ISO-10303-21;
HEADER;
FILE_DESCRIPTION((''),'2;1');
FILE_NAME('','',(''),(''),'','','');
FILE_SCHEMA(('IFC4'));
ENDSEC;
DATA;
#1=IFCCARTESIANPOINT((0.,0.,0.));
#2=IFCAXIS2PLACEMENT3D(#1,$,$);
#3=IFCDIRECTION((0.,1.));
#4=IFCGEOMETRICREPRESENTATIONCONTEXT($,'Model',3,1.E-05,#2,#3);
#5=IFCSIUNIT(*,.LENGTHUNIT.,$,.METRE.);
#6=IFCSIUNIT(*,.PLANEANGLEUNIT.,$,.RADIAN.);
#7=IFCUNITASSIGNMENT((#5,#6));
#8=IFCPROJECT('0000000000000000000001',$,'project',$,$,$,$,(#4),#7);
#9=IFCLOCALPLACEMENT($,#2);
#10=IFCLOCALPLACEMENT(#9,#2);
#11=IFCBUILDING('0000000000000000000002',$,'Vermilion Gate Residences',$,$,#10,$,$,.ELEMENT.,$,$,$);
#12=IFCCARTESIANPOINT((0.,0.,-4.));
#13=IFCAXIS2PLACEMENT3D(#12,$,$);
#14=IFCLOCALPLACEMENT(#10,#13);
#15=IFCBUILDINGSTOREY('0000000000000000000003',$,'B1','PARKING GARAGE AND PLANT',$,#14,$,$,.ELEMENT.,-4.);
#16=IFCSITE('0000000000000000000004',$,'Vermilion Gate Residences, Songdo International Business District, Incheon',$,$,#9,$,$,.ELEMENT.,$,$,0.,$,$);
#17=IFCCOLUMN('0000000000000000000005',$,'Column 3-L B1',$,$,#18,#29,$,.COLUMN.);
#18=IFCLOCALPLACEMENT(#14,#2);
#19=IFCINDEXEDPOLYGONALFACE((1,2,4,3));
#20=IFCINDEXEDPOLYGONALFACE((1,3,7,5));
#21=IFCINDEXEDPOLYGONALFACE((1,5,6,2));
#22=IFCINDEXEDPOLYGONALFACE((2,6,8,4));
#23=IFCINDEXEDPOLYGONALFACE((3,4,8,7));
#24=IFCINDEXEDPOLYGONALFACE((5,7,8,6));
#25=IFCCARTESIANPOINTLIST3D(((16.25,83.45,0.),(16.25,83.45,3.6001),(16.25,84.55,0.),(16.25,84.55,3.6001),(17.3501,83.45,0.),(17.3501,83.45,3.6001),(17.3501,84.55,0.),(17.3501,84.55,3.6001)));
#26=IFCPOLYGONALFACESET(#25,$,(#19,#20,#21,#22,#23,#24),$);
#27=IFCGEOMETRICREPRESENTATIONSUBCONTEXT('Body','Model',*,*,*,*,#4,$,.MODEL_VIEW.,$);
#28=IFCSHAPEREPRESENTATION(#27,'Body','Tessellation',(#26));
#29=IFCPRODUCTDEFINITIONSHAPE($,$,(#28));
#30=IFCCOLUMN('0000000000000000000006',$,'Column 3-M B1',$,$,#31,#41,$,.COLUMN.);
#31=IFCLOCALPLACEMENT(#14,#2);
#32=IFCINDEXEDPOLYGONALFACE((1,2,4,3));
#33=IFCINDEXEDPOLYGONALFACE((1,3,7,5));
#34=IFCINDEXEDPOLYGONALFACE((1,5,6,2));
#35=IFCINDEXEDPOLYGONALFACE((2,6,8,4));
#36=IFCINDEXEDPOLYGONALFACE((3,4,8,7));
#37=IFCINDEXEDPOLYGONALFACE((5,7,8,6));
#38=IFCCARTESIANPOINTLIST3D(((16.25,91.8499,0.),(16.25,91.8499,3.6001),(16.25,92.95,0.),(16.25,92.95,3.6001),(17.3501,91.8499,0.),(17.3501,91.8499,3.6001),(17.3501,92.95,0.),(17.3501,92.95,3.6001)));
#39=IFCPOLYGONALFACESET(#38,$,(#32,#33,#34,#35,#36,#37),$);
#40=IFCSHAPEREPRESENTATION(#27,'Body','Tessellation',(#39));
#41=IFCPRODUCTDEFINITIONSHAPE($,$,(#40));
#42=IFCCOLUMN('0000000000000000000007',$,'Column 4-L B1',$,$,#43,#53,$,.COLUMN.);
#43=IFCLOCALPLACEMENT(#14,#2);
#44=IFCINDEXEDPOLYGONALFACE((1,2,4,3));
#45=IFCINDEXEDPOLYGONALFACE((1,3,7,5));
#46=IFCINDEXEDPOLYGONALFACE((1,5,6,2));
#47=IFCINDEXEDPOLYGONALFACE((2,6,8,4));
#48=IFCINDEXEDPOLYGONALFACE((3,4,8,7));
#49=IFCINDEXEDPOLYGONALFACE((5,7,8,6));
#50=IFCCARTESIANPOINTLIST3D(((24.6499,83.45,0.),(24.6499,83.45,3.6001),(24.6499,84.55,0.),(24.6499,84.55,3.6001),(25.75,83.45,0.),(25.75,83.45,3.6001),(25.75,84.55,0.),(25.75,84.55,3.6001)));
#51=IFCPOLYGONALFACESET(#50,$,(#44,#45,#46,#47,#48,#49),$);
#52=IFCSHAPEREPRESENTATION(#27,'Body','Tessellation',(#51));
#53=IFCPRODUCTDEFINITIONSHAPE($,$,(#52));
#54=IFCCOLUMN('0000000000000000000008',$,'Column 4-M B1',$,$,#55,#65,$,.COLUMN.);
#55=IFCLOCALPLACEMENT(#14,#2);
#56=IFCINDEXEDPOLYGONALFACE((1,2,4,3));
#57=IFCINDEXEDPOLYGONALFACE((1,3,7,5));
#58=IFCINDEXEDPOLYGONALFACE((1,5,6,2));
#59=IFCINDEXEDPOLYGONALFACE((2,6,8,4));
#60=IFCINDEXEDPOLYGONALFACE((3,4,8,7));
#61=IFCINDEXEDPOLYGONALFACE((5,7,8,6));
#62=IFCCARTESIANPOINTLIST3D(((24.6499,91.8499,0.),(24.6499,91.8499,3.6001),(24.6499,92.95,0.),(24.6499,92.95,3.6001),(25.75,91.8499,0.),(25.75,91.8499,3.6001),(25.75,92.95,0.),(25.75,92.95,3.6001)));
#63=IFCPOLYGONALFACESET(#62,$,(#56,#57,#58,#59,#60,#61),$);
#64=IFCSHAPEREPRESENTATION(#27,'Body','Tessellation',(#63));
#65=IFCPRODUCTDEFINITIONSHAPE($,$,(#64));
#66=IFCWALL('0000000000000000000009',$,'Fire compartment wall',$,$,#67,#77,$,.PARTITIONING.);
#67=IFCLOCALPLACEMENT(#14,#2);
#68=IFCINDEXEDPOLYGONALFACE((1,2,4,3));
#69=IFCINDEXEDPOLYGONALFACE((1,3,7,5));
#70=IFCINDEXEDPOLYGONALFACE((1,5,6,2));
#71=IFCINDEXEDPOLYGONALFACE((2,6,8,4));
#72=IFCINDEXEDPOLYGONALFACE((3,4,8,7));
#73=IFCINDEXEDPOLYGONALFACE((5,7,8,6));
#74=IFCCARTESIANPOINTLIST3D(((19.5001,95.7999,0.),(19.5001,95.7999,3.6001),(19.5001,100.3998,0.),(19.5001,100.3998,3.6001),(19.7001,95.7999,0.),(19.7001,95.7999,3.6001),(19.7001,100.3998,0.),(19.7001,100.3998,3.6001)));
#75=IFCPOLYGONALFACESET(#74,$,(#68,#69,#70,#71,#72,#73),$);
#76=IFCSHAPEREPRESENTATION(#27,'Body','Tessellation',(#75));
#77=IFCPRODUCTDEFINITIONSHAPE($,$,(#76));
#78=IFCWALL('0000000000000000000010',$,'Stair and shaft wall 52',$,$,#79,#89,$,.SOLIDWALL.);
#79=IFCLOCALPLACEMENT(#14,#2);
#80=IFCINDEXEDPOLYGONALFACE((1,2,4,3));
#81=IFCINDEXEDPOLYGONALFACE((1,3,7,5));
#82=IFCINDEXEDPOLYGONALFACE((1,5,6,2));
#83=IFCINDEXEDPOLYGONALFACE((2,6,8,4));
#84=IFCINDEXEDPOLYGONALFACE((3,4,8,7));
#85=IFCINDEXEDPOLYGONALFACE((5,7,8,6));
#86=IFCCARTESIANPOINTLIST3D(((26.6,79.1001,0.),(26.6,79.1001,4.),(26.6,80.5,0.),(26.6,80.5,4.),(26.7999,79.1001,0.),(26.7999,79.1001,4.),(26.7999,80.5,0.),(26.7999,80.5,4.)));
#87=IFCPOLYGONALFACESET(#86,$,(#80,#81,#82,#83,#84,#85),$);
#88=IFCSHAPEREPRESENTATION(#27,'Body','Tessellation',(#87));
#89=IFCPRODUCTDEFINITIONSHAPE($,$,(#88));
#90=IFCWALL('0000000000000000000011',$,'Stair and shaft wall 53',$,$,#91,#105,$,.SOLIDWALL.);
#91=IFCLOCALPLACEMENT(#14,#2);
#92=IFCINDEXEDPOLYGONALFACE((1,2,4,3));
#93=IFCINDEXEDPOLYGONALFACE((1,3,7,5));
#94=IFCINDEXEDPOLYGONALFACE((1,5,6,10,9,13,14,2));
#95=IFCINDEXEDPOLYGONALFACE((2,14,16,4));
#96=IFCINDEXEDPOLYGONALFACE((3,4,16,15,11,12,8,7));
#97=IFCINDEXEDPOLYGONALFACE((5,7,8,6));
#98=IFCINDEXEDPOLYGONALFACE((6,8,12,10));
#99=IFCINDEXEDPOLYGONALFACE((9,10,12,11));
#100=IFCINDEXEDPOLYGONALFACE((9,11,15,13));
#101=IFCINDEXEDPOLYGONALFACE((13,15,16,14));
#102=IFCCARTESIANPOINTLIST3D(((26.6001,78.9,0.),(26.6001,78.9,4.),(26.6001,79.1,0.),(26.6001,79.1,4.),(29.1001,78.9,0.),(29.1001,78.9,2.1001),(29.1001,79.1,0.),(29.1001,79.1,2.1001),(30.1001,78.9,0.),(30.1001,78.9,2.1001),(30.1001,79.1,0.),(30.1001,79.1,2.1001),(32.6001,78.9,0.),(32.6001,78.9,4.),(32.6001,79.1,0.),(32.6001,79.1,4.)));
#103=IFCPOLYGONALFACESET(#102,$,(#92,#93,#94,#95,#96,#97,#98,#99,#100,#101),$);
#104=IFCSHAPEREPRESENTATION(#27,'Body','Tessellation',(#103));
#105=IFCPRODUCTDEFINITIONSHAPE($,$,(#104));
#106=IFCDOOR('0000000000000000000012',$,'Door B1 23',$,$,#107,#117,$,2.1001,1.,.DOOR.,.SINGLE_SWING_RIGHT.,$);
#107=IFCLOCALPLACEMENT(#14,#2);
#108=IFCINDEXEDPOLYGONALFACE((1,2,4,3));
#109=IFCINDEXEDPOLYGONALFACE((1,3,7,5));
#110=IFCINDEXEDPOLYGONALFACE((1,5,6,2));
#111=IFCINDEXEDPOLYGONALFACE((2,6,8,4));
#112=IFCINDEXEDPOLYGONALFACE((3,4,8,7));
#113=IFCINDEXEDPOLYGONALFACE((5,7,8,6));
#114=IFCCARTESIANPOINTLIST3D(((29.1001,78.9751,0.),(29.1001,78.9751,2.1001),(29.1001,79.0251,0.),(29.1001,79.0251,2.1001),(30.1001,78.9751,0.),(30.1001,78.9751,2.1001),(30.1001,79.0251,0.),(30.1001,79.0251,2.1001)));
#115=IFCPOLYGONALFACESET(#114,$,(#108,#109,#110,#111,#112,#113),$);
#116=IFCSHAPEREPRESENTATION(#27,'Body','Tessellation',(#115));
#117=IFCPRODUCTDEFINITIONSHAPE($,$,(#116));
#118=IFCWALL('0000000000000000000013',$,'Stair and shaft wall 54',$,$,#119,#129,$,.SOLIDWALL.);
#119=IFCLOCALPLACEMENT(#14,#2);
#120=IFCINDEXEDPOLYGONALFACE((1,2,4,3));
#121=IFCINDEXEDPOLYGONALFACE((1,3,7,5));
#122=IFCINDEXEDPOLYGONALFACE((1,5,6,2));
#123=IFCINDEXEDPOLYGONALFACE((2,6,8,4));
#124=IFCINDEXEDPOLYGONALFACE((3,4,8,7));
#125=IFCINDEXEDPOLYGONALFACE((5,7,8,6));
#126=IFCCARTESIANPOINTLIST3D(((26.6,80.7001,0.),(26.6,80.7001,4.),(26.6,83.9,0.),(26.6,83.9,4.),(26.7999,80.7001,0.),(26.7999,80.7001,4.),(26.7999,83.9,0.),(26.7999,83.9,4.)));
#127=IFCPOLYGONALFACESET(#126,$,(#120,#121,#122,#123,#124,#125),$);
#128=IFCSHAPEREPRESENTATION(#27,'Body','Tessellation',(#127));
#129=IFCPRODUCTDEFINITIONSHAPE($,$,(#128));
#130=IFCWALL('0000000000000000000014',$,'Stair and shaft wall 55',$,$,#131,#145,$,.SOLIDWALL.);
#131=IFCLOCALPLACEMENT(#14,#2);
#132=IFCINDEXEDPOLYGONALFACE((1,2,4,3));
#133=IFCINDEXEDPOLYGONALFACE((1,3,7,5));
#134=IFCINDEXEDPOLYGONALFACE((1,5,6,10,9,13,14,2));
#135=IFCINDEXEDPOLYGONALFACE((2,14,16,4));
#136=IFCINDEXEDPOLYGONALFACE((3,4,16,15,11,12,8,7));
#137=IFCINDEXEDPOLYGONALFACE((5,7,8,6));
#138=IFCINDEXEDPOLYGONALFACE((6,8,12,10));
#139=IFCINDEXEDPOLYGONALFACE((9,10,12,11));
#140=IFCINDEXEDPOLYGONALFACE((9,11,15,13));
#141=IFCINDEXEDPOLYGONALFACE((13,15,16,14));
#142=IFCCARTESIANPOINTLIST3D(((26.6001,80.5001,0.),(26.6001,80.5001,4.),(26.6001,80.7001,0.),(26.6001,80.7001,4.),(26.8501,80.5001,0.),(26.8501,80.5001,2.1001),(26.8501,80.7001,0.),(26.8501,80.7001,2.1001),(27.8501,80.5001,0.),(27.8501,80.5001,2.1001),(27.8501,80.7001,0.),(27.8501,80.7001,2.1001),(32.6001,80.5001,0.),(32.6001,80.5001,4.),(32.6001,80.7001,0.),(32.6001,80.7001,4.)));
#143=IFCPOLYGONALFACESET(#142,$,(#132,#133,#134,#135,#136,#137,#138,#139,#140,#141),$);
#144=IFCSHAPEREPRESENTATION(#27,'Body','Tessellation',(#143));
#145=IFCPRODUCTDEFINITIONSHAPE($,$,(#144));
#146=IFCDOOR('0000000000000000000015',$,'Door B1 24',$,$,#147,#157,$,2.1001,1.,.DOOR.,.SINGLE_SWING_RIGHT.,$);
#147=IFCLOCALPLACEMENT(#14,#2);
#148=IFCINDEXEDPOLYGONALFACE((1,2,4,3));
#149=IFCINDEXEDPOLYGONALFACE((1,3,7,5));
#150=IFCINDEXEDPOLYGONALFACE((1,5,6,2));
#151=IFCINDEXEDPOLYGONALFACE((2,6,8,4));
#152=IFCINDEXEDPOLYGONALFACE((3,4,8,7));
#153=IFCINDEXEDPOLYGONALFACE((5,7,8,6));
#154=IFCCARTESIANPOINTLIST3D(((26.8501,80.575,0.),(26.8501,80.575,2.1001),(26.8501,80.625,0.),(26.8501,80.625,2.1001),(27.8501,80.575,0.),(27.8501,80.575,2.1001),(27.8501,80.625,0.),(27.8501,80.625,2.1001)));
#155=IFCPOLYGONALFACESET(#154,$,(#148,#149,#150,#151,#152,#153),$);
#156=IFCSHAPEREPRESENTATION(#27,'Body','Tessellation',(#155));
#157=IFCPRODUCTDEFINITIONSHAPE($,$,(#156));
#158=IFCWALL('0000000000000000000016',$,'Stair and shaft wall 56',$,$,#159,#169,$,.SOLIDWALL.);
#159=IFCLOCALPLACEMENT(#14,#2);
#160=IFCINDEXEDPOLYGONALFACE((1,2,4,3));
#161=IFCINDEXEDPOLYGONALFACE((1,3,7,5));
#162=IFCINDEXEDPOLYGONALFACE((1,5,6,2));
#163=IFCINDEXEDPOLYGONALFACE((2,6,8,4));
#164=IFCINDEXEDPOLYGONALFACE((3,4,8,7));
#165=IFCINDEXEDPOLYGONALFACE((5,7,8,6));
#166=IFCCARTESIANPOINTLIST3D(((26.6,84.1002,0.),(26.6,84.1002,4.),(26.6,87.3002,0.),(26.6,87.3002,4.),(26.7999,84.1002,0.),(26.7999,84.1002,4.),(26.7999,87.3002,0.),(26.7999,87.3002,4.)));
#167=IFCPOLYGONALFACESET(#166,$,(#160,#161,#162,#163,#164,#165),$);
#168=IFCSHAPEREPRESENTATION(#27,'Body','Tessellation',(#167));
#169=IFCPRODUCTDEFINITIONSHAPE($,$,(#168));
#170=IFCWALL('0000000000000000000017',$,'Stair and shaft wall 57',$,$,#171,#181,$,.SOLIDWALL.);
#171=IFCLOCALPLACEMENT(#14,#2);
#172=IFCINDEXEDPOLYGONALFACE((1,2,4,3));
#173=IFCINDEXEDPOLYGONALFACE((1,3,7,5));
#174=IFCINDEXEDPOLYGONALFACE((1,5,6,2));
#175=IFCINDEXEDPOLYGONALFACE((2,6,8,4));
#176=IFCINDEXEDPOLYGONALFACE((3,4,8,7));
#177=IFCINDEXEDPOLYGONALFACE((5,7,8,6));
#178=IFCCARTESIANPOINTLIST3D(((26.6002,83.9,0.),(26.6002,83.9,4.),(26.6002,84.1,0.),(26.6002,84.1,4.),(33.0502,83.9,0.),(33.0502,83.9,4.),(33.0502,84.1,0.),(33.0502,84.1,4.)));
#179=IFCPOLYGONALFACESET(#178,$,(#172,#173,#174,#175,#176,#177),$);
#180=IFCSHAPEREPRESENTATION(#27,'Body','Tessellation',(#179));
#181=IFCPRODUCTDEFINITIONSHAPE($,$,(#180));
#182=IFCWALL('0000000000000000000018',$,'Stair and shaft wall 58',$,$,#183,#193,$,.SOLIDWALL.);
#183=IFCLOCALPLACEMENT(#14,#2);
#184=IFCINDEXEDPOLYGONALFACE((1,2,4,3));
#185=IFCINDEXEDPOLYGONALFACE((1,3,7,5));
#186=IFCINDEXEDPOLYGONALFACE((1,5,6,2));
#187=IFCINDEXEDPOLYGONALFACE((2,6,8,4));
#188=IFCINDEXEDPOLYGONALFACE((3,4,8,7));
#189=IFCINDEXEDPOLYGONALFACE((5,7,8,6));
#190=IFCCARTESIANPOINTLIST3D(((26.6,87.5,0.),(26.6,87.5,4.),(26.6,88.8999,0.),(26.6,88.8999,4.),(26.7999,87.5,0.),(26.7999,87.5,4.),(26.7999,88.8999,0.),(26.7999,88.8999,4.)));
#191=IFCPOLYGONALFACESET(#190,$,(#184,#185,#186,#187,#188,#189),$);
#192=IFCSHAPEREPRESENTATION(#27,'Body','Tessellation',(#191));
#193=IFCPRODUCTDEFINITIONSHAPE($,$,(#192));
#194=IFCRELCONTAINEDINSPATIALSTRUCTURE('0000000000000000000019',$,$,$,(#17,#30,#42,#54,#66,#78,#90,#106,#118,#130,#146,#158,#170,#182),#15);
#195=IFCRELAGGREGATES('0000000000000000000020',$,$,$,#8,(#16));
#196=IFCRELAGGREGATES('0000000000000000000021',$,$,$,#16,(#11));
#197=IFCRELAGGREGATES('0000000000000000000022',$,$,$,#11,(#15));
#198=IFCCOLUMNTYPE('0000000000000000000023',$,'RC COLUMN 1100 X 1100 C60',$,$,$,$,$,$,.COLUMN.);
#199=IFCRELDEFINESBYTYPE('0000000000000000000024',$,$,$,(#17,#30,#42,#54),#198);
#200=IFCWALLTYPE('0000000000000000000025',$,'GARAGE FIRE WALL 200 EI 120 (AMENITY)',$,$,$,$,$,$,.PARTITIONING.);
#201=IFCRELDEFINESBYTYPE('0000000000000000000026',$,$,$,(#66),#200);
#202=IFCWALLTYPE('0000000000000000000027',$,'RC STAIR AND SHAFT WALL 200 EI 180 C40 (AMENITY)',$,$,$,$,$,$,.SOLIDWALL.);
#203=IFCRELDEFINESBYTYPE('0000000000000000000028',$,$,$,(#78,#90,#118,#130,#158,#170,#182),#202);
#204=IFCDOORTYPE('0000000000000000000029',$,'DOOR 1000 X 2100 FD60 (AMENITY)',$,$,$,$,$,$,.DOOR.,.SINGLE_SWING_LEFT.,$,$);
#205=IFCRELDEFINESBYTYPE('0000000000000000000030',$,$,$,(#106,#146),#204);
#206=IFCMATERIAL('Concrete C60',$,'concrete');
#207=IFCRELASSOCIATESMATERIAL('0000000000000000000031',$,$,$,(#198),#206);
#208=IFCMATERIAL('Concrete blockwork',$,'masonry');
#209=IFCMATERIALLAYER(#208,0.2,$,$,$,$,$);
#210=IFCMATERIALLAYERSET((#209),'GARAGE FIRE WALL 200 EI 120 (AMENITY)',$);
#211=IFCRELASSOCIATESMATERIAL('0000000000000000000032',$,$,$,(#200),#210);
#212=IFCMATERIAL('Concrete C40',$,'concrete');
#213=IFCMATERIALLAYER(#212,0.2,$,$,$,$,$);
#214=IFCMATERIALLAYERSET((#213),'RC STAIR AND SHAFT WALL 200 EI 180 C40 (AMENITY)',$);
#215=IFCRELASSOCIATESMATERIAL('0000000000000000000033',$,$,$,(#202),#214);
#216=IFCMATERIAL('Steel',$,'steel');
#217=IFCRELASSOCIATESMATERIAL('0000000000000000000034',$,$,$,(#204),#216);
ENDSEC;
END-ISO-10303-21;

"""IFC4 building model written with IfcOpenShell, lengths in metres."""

from ifc_helpers import new_model, si_unit, direction, frame, frame_2d, origin, origin_2d, place, context, subcontext, project, spatial, rectangle, extrude, material, layer, layer_set, material_profile, profile_set, type_object, element, fill, save


model = new_model("IFC4")

# Units and contexts
model_context = context("Model", 3, precision=1e-05, world=origin(), true_north=direction((0.0, 1.0)))
body_context = subcontext(model_context, "Body", "Model", "MODEL_VIEW")
ifc_project = project(units=[si_unit("LENGTHUNIT", "METRE"), si_unit("PLANEANGLEUNIT", "RADIAN")], contexts=[model_context])

# Site, building, storey
site_placement = place(None, origin())
site = spatial("IfcSite", under=ifc_project, at=site_placement, Name="Vermilion Gate Residences, Songdo International Business District, Incheon", CompositionType="ELEMENT", RefElevation=0.0)
building_placement = place(site_placement, origin())
building = spatial("IfcBuilding", under=site, at=building_placement, Name="Vermilion Gate Residences", CompositionType="ELEMENT")
storey_placement = place(building_placement, frame((0.0, 0.0, -4.0)))
storey = spatial("IfcBuildingStorey", under=building, at=storey_placement, Name="B1", Description="PARKING GARAGE AND PLANT", CompositionType="ELEMENT", Elevation=-4.0)

# Columns
ifc_material_1 = material(Name="Concrete C60", Category="concrete")
ifc_material_profile = material_profile(ifc_material_1, rectangle(XDim=1.1001, YDim=1.1001, at=origin_2d()), Name="RC-1100x1100")
ifc_profile_set = profile_set([ifc_material_profile], Name="Concrete C60")
column_type = type_object("IfcColumnType", Name="RC COLUMN 1100 X 1100 C60", PredefinedType="COLUMN", material=ifc_profile_set)
for number, where, z_axis, x_axis, name in (
    (1, (16.8, 84.0, 0.0), (0.0, 0.0, 1.0), (1.0, 0.0, 0.0), "Column 3-L B1"),
    (2, (16.8, 92.3999, 0.0), (0.0, 0.0, 1.0), (1.0, 0.0, 0.0), "Column 3-M B1"),
    (3, (25.2, 84.0, 0.0), (0.0, 0.0, 1.0), (1.0, 0.0, 0.0), "Column 4-L B1"),
    (4, (25.2, 92.3999, 0.0), (0.0, 0.0, 1.0), (1.0, 0.0, 0.0), "Column 4-M B1"),
):
    element("IfcColumn", number, at=place(storey_placement, frame(where, z_axis=z_axis, x_axis=x_axis)), inside=storey, type_object=column_type, Name=name, PredefinedType="COLUMN", context=body_context, shape_type="SweptSolid", body=[
        extrude(rectangle(XDim=1.1001, YDim=1.1001, at=origin_2d()), origin(), (0.0, 0.0, 1.0), 3.6001),
    ])

# Shared definitions
ifc_material_2 = material(Name="Concrete blockwork", Category="masonry")
ifc_layer_1 = layer(ifc_material_2, 0.2)
ifc_layer_set_1 = layer_set([ifc_layer_1], Name="GARAGE FIRE WALL 200 EI 120 (AMENITY)")
wall_type_1 = type_object("IfcWallType", Name="GARAGE FIRE WALL 200 EI 120 (AMENITY)", PredefinedType="PARTITIONING", material=ifc_layer_set_1)

# Walls
wall_1_placement = place(storey_placement, frame((19.6001, 95.8, 0.0), z_axis=(0.0, 0.0, 1.0), x_axis=(0.0, 1.0, 0.0)))
element("IfcWall", 5, at=wall_1_placement, inside=storey, type_object=wall_type_1, Name="Fire compartment wall", PredefinedType="PARTITIONING", context=body_context, shape_type="SweptSolid", body=[
    extrude(rectangle(XDim=4.5999, YDim=0.2, at=frame_2d((2.2998, 0.0))), origin(), (0.0, 0.0, 1.0), 3.6001),
])
ifc_material_3 = material(Name="Concrete C40", Category="concrete")
ifc_layer_2 = layer(ifc_material_3, 0.2)
ifc_layer_set_2 = layer_set([ifc_layer_2], Name="RC STAIR AND SHAFT WALL 200 EI 180 C40 (AMENITY)")
wall_type_2 = type_object("IfcWallType", Name="RC STAIR AND SHAFT WALL 200 EI 180 C40 (AMENITY)", PredefinedType="SOLIDWALL", material=ifc_layer_set_2)
wall_2_placement = place(storey_placement, frame((26.7, 79.1001, 0.0), z_axis=(0.0, 0.0, 1.0), x_axis=(0.0, 1.0, 0.0)))
element("IfcWall", 6, at=wall_2_placement, inside=storey, type_object=wall_type_2, Name="Stair and shaft wall 52", PredefinedType="SOLIDWALL", context=body_context, shape_type="SweptSolid", body=[
    extrude(rectangle(XDim=1.3999, YDim=0.2, at=frame_2d((0.7, 0.0))), origin(), (0.0, 0.0, 1.0), 4.0),
])

# Wall, opening, door
wall_3_placement = place(storey_placement, frame((26.6001, 79.0, 0.0), z_axis=(0.0, 0.0, 1.0), x_axis=(1.0, 0.0, 0.0)))
wall_3 = element("IfcWall", 7, at=wall_3_placement, inside=storey, type_object=wall_type_2, Name="Stair and shaft wall 53", PredefinedType="SOLIDWALL", context=body_context, shape_type="SweptSolid", body=[
    extrude(rectangle(XDim=6.0, YDim=0.2, at=frame_2d((3.0, 0.0))), origin(), (0.0, 0.0, 1.0), 4.0),
])
opening_1_placement = place(wall_3_placement, frame((2.5, 0.0, 0.0)))
opening_1 = element("IfcOpeningElement", 8, at=opening_1_placement, cuts=wall_3, PredefinedType="OPENING", context=body_context, shape_type="SweptSolid", body=[
    extrude(rectangle(XDim=1.0, YDim=2.1001, at=frame_2d((0.5, 1.05))), frame((0.0, 0.1099, 0.0), z_axis=(0.0, -1.0, 0.0), x_axis=(1.0, 0.0, 0.0)), (0.0, 0.0, 1.0), 0.22),
])
ifc_material_4 = material(Name="Steel", Category="steel")
door_type_1 = type_object("IfcDoorType", Name="DOOR 1000 X 2100 FD60 (AMENITY)", OperationType="SINGLE_SWING_LEFT", PredefinedType="DOOR", material=ifc_material_4)
door_1_placement = place(opening_1_placement, frame((1.0, 0.0, 0.0), z_axis=(0.0, 0.0, 1.0), x_axis=(-1.0, 0.0, 0.0)))
door_1 = element("IfcDoor", 9, at=door_1_placement, inside=storey, type_object=door_type_1, Name="Door B1 23", OperationType="SINGLE_SWING_RIGHT", OverallHeight=2.1001, OverallWidth=1.0, PredefinedType="DOOR", context=body_context, shape_type="SweptSolid", body=[
    extrude(rectangle(XDim=1.0, YDim=2.1001, at=frame_2d((0.5, 1.05))), frame((0.0, 0.0249, 0.0), z_axis=(0.0, -1.0, 0.0), x_axis=(1.0, 0.0, 0.0)), (0.0, 0.0, 1.0), 0.05),
])
fill(opening_1, door_1)

# Wall
wall_4_placement = place(storey_placement, frame((26.7, 80.7, 0.0), z_axis=(0.0, 0.0, 1.0), x_axis=(0.0, 1.0, 0.0)))
element("IfcWall", 10, at=wall_4_placement, inside=storey, type_object=wall_type_2, Name="Stair and shaft wall 54", PredefinedType="SOLIDWALL", context=body_context, shape_type="SweptSolid", body=[
    extrude(rectangle(XDim=3.2, YDim=0.2, at=frame_2d((1.6001, 0.0))), origin(), (0.0, 0.0, 1.0), 4.0),
])

# Wall, opening, door
wall_5_placement = place(storey_placement, frame((26.6001, 80.6001, 0.0), z_axis=(0.0, 0.0, 1.0), x_axis=(1.0, 0.0, 0.0)))
wall_5 = element("IfcWall", 11, at=wall_5_placement, inside=storey, type_object=wall_type_2, Name="Stair and shaft wall 55", PredefinedType="SOLIDWALL", context=body_context, shape_type="SweptSolid", body=[
    extrude(rectangle(XDim=6.0, YDim=0.2, at=frame_2d((3.0, 0.0))), origin(), (0.0, 0.0, 1.0), 4.0),
])
opening_2_placement = place(wall_5_placement, frame((0.25, 0.0, 0.0)))
opening_2 = element("IfcOpeningElement", 12, at=opening_2_placement, cuts=wall_5, PredefinedType="OPENING", context=body_context, shape_type="SweptSolid", body=[
    extrude(rectangle(XDim=1.0, YDim=2.1001, at=frame_2d((0.5, 1.05))), frame((0.0, 0.1099, 0.0), z_axis=(0.0, -1.0, 0.0), x_axis=(1.0, 0.0, 0.0)), (0.0, 0.0, 1.0), 0.22),
])
door_2_placement = place(opening_2_placement, origin())
door_2 = element("IfcDoor", 13, at=door_2_placement, inside=storey, type_object=door_type_1, Name="Door B1 24", OperationType="SINGLE_SWING_RIGHT", OverallHeight=2.1001, OverallWidth=1.0, PredefinedType="DOOR", context=body_context, shape_type="SweptSolid", body=[
    extrude(rectangle(XDim=1.0, YDim=2.1001, at=frame_2d((0.5, 1.05))), frame((0.0, 0.0249, 0.0), z_axis=(0.0, -1.0, 0.0), x_axis=(1.0, 0.0, 0.0)), (0.0, 0.0, 1.0), 0.05),
])
fill(opening_2, door_2)

# Walls
wall_6_placement = place(storey_placement, frame((26.7, 84.1001, 0.0), z_axis=(0.0, 0.0, 1.0), x_axis=(0.0, 1.0, 0.0)))
element("IfcWall", 14, at=wall_6_placement, inside=storey, type_object=wall_type_2, Name="Stair and shaft wall 56", PredefinedType="SOLIDWALL", context=body_context, shape_type="SweptSolid", body=[
    extrude(rectangle(XDim=3.2, YDim=0.2, at=frame_2d((1.6001, 0.0))), origin(), (0.0, 0.0, 1.0), 4.0),
])
wall_7_placement = place(storey_placement, frame((26.6001, 84.0, 0.0), z_axis=(0.0, 0.0, 1.0), x_axis=(1.0, 0.0, 0.0)))
element("IfcWall", 15, at=wall_7_placement, inside=storey, type_object=wall_type_2, Name="Stair and shaft wall 57", PredefinedType="SOLIDWALL", context=body_context, shape_type="SweptSolid", body=[
    extrude(rectangle(XDim=6.45, YDim=0.2, at=frame_2d((3.2251, 0.0))), origin(), (0.0, 0.0, 1.0), 4.0),
])
wall_8_placement = place(storey_placement, frame((26.7, 87.5, 0.0), z_axis=(0.0, 0.0, 1.0), x_axis=(0.0, 1.0, 0.0)))
element("IfcWall", 16, at=wall_8_placement, inside=storey, type_object=wall_type_2, Name="Stair and shaft wall 58", PredefinedType="SOLIDWALL", context=body_context, shape_type="SweptSolid", body=[
    extrude(rectangle(XDim=1.3999, YDim=0.2, at=frame_2d((0.7, 0.0))), origin(), (0.0, 0.0, 1.0), 4.0),
])

save(model, "model.ifc")
